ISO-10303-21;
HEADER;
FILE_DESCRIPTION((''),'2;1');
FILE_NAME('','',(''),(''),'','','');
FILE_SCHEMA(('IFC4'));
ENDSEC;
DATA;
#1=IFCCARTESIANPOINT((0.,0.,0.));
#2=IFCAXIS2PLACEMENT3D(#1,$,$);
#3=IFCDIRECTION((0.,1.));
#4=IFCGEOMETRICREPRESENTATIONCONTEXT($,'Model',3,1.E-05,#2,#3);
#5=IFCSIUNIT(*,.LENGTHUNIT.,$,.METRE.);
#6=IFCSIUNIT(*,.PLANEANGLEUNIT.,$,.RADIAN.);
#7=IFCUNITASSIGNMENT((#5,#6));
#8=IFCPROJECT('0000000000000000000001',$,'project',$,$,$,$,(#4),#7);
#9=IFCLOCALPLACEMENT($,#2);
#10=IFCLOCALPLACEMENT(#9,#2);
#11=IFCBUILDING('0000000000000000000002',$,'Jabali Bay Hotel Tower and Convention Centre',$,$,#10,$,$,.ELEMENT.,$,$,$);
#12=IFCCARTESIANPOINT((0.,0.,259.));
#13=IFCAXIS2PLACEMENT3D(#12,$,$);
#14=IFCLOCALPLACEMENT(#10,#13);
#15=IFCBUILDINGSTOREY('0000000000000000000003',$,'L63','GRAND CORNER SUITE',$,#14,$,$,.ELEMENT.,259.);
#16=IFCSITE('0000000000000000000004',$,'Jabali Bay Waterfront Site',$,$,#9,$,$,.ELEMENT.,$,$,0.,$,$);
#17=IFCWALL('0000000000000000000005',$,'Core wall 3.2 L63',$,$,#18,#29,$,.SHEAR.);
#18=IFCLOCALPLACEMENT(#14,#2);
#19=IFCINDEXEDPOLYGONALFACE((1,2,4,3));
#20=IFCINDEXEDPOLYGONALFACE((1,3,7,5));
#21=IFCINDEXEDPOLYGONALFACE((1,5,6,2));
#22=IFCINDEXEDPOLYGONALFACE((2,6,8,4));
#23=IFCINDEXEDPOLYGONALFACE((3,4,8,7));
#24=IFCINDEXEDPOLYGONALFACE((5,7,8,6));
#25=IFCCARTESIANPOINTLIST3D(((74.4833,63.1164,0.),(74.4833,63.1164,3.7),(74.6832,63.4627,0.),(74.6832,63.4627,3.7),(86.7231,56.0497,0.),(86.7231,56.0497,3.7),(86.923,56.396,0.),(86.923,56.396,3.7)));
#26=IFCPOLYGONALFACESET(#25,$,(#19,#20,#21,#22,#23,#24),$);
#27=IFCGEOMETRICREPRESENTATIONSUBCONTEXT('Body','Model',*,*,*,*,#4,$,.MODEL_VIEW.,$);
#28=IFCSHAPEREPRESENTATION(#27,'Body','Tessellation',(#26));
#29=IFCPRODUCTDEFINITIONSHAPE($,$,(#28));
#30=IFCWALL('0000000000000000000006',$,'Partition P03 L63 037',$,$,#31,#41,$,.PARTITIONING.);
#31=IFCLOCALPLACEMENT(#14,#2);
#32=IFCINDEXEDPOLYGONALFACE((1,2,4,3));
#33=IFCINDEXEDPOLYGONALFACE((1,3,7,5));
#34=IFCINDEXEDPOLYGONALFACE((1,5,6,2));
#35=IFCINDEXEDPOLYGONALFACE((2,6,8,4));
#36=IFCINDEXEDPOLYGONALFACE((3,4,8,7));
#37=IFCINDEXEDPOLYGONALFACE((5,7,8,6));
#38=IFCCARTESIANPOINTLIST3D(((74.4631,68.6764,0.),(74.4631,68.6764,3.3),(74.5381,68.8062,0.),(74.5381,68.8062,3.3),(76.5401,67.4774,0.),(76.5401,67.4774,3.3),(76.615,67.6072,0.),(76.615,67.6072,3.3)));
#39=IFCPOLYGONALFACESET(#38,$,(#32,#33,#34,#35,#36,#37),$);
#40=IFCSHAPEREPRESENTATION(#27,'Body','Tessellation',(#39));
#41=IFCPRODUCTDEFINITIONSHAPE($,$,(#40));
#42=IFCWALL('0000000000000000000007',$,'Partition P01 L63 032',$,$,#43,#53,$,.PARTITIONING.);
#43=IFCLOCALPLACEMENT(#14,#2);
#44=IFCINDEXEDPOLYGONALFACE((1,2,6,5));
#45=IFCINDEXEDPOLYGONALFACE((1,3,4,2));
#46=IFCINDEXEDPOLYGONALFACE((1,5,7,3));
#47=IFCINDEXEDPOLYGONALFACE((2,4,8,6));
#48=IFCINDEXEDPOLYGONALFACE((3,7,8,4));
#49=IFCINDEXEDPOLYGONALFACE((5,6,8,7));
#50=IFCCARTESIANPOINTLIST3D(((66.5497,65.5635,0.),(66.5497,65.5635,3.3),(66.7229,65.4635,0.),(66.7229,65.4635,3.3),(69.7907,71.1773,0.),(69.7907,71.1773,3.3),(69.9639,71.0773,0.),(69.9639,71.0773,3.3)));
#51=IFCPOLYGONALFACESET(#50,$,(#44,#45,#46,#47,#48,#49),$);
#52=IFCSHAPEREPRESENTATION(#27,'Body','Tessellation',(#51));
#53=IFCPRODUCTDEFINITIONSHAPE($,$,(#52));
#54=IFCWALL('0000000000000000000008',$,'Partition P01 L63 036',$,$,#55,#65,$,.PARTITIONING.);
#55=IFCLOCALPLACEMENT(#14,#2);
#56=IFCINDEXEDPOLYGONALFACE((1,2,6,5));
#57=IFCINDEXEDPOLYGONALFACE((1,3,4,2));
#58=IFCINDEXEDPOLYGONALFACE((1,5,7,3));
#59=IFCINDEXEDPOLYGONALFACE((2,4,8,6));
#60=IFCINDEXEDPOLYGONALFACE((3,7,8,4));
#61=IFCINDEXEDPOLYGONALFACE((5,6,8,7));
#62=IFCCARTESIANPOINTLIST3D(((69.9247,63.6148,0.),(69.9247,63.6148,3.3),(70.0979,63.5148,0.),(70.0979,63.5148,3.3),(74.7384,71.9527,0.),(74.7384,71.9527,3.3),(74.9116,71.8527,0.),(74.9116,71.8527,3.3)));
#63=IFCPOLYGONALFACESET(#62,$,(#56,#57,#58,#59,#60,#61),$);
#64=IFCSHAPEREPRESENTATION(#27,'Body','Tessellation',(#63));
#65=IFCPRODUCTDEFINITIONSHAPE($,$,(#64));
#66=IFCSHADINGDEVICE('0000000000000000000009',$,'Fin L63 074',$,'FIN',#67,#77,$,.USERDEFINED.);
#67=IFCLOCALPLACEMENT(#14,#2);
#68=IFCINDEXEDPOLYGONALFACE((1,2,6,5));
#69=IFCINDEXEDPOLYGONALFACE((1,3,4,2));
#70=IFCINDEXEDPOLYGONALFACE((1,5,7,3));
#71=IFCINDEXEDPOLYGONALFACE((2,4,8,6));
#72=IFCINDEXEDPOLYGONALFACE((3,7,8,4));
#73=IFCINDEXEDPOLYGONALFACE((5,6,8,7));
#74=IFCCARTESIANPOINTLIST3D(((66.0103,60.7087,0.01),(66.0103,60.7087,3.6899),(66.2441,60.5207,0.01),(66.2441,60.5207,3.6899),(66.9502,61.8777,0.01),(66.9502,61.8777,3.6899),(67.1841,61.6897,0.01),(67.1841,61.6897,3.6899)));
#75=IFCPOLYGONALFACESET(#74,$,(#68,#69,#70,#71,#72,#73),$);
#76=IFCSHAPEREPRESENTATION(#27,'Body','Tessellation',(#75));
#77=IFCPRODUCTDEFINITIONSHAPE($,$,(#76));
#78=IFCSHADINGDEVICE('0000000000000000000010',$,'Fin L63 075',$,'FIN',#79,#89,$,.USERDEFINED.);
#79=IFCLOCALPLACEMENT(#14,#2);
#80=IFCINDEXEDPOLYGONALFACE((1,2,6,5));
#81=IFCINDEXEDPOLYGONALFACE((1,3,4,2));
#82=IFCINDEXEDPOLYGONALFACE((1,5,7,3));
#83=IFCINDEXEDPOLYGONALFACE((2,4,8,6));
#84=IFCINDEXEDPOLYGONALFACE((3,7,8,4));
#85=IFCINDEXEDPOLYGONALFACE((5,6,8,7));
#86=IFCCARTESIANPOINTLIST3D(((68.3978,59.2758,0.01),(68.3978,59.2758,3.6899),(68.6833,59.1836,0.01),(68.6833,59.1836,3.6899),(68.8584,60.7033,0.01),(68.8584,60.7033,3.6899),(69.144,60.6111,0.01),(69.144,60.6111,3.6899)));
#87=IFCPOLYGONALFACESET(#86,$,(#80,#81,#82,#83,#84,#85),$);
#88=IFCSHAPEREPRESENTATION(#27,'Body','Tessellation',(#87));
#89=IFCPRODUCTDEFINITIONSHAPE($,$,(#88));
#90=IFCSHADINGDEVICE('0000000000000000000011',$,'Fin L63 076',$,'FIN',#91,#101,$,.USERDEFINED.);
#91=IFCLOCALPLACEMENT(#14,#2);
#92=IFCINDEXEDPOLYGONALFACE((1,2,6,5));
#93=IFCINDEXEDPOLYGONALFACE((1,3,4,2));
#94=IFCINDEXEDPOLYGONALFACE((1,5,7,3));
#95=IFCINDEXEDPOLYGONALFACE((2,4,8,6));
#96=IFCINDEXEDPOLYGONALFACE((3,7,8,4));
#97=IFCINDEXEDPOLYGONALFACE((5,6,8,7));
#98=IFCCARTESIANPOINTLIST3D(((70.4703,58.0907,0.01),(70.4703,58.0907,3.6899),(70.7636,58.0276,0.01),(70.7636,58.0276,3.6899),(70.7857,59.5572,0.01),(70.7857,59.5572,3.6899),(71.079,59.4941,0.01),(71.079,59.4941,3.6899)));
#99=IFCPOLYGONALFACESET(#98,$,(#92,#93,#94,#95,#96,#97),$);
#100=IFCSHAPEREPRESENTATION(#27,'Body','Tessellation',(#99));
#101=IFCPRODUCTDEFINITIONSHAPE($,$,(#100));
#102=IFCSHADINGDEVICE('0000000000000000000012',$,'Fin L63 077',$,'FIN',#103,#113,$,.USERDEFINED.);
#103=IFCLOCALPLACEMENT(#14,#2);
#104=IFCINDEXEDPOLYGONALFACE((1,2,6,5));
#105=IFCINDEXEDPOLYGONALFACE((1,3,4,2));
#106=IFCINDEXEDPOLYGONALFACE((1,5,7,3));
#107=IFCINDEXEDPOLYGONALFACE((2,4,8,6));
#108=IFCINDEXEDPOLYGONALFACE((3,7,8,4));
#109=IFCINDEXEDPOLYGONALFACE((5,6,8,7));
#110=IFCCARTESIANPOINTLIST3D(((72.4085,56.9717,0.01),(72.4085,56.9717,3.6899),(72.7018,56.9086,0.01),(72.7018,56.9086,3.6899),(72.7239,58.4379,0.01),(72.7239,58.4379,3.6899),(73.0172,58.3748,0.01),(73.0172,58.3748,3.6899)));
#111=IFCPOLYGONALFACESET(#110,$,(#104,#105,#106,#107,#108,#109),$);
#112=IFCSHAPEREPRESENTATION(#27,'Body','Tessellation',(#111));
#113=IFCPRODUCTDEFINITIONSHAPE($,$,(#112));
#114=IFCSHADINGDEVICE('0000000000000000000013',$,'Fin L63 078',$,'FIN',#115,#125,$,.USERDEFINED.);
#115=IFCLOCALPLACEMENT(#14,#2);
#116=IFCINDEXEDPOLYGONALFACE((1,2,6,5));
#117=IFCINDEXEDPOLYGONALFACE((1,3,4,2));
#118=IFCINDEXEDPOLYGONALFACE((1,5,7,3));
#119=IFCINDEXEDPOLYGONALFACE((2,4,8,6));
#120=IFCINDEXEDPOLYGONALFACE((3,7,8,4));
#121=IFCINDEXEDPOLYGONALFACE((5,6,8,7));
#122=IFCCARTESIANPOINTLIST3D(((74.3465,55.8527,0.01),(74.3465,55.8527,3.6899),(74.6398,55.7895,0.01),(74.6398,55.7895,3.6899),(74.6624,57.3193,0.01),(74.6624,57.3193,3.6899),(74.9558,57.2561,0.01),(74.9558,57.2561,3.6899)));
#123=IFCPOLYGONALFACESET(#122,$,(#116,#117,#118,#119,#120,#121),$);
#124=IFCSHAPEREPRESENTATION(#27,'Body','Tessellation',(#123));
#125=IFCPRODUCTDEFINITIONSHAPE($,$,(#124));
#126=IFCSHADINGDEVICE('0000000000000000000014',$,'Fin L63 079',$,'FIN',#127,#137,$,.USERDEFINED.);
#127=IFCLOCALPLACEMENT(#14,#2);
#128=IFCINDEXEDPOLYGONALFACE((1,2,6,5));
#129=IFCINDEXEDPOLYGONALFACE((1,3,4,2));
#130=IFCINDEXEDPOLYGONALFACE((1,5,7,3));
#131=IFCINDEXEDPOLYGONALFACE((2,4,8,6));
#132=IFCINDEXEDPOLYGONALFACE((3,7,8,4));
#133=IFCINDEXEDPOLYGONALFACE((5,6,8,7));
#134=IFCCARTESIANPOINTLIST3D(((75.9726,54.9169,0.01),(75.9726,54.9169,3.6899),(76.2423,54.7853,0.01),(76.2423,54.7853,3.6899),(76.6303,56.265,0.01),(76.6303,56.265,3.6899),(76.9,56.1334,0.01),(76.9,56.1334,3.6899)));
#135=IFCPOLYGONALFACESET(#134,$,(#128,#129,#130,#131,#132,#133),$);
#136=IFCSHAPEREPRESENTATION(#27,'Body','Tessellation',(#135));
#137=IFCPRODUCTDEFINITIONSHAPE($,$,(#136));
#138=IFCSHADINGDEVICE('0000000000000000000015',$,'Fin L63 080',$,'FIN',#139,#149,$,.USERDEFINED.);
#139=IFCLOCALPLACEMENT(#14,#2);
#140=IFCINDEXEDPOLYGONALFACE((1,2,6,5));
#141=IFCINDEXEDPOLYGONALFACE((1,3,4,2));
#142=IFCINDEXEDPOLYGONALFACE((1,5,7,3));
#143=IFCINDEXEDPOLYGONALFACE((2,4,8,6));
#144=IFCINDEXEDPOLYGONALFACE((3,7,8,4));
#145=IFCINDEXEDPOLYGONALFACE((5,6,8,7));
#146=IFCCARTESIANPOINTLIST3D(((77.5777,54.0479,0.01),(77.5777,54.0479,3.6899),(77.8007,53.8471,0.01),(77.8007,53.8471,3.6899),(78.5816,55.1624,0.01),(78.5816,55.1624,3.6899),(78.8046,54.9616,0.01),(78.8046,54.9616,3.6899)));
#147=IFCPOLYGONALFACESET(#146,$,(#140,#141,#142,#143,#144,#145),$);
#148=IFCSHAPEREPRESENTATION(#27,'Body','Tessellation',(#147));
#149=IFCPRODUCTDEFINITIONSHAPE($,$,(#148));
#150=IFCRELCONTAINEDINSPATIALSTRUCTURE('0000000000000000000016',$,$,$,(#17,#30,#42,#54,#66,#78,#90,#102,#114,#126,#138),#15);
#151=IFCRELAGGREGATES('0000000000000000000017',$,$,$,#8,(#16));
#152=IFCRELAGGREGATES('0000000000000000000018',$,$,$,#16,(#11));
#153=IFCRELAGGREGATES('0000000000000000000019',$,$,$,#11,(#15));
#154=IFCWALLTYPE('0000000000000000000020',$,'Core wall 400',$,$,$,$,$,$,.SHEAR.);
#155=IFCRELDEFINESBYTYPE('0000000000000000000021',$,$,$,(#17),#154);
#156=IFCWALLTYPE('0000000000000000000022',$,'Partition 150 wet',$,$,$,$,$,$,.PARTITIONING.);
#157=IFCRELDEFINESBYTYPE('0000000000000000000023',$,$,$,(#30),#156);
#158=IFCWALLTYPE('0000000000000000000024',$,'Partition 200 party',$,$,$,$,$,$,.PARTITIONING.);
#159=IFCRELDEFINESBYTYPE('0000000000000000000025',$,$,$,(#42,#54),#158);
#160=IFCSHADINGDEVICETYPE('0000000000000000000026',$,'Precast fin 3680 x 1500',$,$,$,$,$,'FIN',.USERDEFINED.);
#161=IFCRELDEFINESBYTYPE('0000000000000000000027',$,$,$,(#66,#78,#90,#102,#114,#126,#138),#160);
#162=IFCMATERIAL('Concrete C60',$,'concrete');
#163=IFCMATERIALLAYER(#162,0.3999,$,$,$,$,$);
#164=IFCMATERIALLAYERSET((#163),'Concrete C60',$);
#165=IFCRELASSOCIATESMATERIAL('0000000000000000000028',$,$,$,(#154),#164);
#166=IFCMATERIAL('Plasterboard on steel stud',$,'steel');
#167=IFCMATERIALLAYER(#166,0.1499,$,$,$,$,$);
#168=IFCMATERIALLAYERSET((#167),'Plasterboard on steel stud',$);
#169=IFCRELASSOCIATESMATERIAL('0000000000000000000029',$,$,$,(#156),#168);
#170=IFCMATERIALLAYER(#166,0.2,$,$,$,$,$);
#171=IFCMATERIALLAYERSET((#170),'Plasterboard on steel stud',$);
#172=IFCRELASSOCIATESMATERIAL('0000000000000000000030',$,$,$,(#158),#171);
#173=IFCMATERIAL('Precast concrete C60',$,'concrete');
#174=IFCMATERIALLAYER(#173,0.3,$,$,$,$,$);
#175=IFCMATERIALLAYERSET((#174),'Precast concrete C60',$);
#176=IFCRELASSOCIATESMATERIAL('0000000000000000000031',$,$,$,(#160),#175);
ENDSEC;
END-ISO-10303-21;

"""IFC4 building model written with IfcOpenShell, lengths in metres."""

from ifc_helpers import new_model, si_unit, direction, frame, frame_2d, origin, place, context, subcontext, project, spatial, rectangle, extrude, material, layer, layer_set, type_object, element, save


model = new_model("IFC4")

# Units and contexts
model_context = context("Model", 3, precision=1e-05, world=origin(), true_north=direction((0.0, 1.0)))
body_context = subcontext(model_context, "Body", "Model", "MODEL_VIEW")
ifc_project = project(units=[si_unit("LENGTHUNIT", "METRE"), si_unit("PLANEANGLEUNIT", "RADIAN")], contexts=[model_context])

# Site, building, storey
site_placement = place(None, origin())
site = spatial("IfcSite", under=ifc_project, at=site_placement, Name="Jabali Bay Waterfront Site", CompositionType="ELEMENT", RefElevation=0.0)
building_placement = place(site_placement, origin())
building = spatial("IfcBuilding", under=site, at=building_placement, Name="Jabali Bay Hotel Tower and Convention Centre", CompositionType="ELEMENT")
storey_placement = place(building_placement, frame((0.0, 0.0, 259.0)))
storey = spatial("IfcBuildingStorey", under=building, at=storey_placement, Name="L63", Description="GRAND CORNER SUITE", CompositionType="ELEMENT", Elevation=259.0)

# Shared definitions
ifc_material_1 = material(Name="Concrete C60", Category="concrete")

# Walls
ifc_layer_1 = layer(ifc_material_1, 0.3999)
ifc_layer_set_1 = layer_set([ifc_layer_1], Name="Concrete C60")
wall_type_1 = type_object("IfcWallType", Name="Core wall 400", PredefinedType="SHEAR", material=ifc_layer_set_1)
wall_1_placement = place(storey_placement, frame((74.5833, 63.2896, 0.0), z_axis=(0.0, 0.0, 1.0), x_axis=(0.866024, -0.500002, 0.0)))
element("IfcWall", 1, at=wall_1_placement, inside=storey, type_object=wall_type_1, Name="Core wall 3.2 L63", PredefinedType="SHEAR", context=body_context, shape_type="SweptSolid", body=[
    extrude(rectangle(XDim=14.1333, YDim=0.3999, at=frame_2d((7.0667, 0.0))), origin(), (0.0, 0.0, 1.0), 3.7),
])
ifc_material_2 = material(Name="Plasterboard on steel stud", Category="steel")
ifc_layer_2 = layer(ifc_material_2, 0.1499)
ifc_layer_set_2 = layer_set([ifc_layer_2], Name="Plasterboard on steel stud")
wall_type_2 = type_object("IfcWallType", Name="Partition 150 wet", PredefinedType="PARTITIONING", material=ifc_layer_set_2)
wall_2_placement = place(storey_placement, frame((76.5776, 67.5422, 0.0), z_axis=(0.0, 0.0, 1.0), x_axis=(-0.866048, 0.49996, 0.0)))
element("IfcWall", 2, at=wall_2_placement, inside=storey, type_object=wall_type_2, Name="Partition P03 L63 037", PredefinedType="PARTITIONING", context=body_context, shape_type="SweptSolid", body=[
    extrude(rectangle(XDim=2.3982, YDim=0.1499, at=frame_2d((1.1992, 0.0))), origin(), (0.0, 0.0, 1.0), 3.3),
])
ifc_layer_3 = layer(ifc_material_2, 0.2)
ifc_layer_set_3 = layer_set([ifc_layer_3], Name="Plasterboard on steel stud")
wall_type_3 = type_object("IfcWallType", Name="Partition 200 party", PredefinedType="PARTITIONING", material=ifc_layer_set_3)
wall_3_placement = place(storey_placement, frame((66.6362, 65.5134, 0.0), z_axis=(0.0, 0.0, 1.0), x_axis=(0.499983, 0.866035, 0.0)))
element("IfcWall", 3, at=wall_3_placement, inside=storey, type_object=wall_type_3, Name="Partition P01 L63 032", PredefinedType="PARTITIONING", context=body_context, shape_type="SweptSolid", body=[
    extrude(rectangle(XDim=6.4822, YDim=0.2, at=frame_2d((3.2412, 0.0))), origin(), (0.0, 0.0, 1.0), 3.3),
])
wall_4_placement = place(storey_placement, frame((70.0112, 63.5647, 0.0), z_axis=(0.0, 0.0, 1.0), x_axis=(0.499987, 0.866033, 0.0)))
element("IfcWall", 4, at=wall_4_placement, inside=storey, type_object=wall_type_3, Name="Partition P01 L63 036", PredefinedType="PARTITIONING", context=body_context, shape_type="SweptSolid", body=[
    extrude(rectangle(XDim=9.6277, YDim=0.2, at=frame_2d((4.814, 0.0))), origin(), (0.0, 0.0, 1.0), 3.3),
])

# Shading devices
ifc_material_3 = material(Name="Precast concrete C60", Category="concrete")
ifc_layer_4 = layer(ifc_material_3, 0.3)
ifc_layer_set_4 = layer_set([ifc_layer_4], Name="Precast concrete C60")
shading_device_type = type_object("IfcShadingDeviceType", Name="Precast fin 3680 x 1500", ElementType="FIN", PredefinedType="USERDEFINED", material=ifc_layer_set_4)
for number, where, z_axis, x_axis, name in (
    (5, (67.0671, 61.7837, 0.01), (0.0, 0.0, 1.0), (-0.626638, -0.77931, 0.0), "Fin L63 074"),
    (6, (69.0012, 60.6572, 0.01), (0.0, 0.0, 1.0), (-0.307131, -0.951667, 0.0), "Fin L63 075"),
    (7, (70.9324, 59.5256, 0.01), (0.0, 0.0, 1.0), (-0.210274, -0.977643, 0.0), "Fin L63 076"),
):
    element("IfcShadingDevice", number, at=place(storey_placement, frame(where, z_axis=z_axis, x_axis=x_axis)), inside=storey, type_object=shading_device_type, Name=name, ObjectType="FIN", PredefinedType="USERDEFINED", context=body_context, shape_type="SweptSolid", body=[
        extrude(rectangle(XDim=1.5, YDim=0.3, at=frame_2d((0.75, 0.0))), origin(), (0.0, 0.0, 1.0), 3.6799),
    ])
shading_device_1_placement = place(storey_placement, frame((72.8706, 58.4065, 0.01), z_axis=(0.0, 0.0, 1.0), x_axis=(-0.210307, -0.977635, 0.0)))
element("IfcShadingDevice", 8, at=shading_device_1_placement, inside=storey, type_object=shading_device_type, Name="Fin L63 077", ObjectType="FIN", PredefinedType="USERDEFINED", context=body_context, shape_type="SweptSolid", body=[
    extrude(rectangle(XDim=1.4998, YDim=0.3, at=frame_2d((0.75, 0.0))), origin(), (0.0, 0.0, 1.0), 3.6799),
])
shading_device_2_placement = place(storey_placement, frame((74.8091, 57.2876, 0.01), z_axis=(0.0, 0.0, 1.0), x_axis=(-0.210585, -0.977576, 0.0)))
element("IfcShadingDevice", 9, at=shading_device_2_placement, inside=storey, type_object=shading_device_type, Name="Fin L63 078", ObjectType="FIN", PredefinedType="USERDEFINED", context=body_context, shape_type="SweptSolid", body=[
    extrude(rectangle(XDim=1.5002, YDim=0.3, at=frame_2d((0.75, 0.0))), origin(), (0.0, 0.0, 1.0), 3.6799),
])
for number, where, z_axis, x_axis, name in (
    (10, (76.7651, 56.1992, 0.01), (0.0, 0.0, 1.0), (-0.438469, -0.898747, 0.0), "Fin L63 079"),
    (11, (78.6931, 55.062, 0.01), (0.0, 0.0, 1.0), (-0.669279, -0.743011, 0.0), "Fin L63 080"),
):
    element("IfcShadingDevice", number, at=place(storey_placement, frame(where, z_axis=z_axis, x_axis=x_axis)), inside=storey, type_object=shading_device_type, Name=name, ObjectType="FIN", PredefinedType="USERDEFINED", context=body_context, shape_type="SweptSolid", body=[
        extrude(rectangle(XDim=1.5, YDim=0.3, at=frame_2d((0.75, 0.0))), origin(), (0.0, 0.0, 1.0), 3.6799),
    ])

save(model, "model.ifc")
